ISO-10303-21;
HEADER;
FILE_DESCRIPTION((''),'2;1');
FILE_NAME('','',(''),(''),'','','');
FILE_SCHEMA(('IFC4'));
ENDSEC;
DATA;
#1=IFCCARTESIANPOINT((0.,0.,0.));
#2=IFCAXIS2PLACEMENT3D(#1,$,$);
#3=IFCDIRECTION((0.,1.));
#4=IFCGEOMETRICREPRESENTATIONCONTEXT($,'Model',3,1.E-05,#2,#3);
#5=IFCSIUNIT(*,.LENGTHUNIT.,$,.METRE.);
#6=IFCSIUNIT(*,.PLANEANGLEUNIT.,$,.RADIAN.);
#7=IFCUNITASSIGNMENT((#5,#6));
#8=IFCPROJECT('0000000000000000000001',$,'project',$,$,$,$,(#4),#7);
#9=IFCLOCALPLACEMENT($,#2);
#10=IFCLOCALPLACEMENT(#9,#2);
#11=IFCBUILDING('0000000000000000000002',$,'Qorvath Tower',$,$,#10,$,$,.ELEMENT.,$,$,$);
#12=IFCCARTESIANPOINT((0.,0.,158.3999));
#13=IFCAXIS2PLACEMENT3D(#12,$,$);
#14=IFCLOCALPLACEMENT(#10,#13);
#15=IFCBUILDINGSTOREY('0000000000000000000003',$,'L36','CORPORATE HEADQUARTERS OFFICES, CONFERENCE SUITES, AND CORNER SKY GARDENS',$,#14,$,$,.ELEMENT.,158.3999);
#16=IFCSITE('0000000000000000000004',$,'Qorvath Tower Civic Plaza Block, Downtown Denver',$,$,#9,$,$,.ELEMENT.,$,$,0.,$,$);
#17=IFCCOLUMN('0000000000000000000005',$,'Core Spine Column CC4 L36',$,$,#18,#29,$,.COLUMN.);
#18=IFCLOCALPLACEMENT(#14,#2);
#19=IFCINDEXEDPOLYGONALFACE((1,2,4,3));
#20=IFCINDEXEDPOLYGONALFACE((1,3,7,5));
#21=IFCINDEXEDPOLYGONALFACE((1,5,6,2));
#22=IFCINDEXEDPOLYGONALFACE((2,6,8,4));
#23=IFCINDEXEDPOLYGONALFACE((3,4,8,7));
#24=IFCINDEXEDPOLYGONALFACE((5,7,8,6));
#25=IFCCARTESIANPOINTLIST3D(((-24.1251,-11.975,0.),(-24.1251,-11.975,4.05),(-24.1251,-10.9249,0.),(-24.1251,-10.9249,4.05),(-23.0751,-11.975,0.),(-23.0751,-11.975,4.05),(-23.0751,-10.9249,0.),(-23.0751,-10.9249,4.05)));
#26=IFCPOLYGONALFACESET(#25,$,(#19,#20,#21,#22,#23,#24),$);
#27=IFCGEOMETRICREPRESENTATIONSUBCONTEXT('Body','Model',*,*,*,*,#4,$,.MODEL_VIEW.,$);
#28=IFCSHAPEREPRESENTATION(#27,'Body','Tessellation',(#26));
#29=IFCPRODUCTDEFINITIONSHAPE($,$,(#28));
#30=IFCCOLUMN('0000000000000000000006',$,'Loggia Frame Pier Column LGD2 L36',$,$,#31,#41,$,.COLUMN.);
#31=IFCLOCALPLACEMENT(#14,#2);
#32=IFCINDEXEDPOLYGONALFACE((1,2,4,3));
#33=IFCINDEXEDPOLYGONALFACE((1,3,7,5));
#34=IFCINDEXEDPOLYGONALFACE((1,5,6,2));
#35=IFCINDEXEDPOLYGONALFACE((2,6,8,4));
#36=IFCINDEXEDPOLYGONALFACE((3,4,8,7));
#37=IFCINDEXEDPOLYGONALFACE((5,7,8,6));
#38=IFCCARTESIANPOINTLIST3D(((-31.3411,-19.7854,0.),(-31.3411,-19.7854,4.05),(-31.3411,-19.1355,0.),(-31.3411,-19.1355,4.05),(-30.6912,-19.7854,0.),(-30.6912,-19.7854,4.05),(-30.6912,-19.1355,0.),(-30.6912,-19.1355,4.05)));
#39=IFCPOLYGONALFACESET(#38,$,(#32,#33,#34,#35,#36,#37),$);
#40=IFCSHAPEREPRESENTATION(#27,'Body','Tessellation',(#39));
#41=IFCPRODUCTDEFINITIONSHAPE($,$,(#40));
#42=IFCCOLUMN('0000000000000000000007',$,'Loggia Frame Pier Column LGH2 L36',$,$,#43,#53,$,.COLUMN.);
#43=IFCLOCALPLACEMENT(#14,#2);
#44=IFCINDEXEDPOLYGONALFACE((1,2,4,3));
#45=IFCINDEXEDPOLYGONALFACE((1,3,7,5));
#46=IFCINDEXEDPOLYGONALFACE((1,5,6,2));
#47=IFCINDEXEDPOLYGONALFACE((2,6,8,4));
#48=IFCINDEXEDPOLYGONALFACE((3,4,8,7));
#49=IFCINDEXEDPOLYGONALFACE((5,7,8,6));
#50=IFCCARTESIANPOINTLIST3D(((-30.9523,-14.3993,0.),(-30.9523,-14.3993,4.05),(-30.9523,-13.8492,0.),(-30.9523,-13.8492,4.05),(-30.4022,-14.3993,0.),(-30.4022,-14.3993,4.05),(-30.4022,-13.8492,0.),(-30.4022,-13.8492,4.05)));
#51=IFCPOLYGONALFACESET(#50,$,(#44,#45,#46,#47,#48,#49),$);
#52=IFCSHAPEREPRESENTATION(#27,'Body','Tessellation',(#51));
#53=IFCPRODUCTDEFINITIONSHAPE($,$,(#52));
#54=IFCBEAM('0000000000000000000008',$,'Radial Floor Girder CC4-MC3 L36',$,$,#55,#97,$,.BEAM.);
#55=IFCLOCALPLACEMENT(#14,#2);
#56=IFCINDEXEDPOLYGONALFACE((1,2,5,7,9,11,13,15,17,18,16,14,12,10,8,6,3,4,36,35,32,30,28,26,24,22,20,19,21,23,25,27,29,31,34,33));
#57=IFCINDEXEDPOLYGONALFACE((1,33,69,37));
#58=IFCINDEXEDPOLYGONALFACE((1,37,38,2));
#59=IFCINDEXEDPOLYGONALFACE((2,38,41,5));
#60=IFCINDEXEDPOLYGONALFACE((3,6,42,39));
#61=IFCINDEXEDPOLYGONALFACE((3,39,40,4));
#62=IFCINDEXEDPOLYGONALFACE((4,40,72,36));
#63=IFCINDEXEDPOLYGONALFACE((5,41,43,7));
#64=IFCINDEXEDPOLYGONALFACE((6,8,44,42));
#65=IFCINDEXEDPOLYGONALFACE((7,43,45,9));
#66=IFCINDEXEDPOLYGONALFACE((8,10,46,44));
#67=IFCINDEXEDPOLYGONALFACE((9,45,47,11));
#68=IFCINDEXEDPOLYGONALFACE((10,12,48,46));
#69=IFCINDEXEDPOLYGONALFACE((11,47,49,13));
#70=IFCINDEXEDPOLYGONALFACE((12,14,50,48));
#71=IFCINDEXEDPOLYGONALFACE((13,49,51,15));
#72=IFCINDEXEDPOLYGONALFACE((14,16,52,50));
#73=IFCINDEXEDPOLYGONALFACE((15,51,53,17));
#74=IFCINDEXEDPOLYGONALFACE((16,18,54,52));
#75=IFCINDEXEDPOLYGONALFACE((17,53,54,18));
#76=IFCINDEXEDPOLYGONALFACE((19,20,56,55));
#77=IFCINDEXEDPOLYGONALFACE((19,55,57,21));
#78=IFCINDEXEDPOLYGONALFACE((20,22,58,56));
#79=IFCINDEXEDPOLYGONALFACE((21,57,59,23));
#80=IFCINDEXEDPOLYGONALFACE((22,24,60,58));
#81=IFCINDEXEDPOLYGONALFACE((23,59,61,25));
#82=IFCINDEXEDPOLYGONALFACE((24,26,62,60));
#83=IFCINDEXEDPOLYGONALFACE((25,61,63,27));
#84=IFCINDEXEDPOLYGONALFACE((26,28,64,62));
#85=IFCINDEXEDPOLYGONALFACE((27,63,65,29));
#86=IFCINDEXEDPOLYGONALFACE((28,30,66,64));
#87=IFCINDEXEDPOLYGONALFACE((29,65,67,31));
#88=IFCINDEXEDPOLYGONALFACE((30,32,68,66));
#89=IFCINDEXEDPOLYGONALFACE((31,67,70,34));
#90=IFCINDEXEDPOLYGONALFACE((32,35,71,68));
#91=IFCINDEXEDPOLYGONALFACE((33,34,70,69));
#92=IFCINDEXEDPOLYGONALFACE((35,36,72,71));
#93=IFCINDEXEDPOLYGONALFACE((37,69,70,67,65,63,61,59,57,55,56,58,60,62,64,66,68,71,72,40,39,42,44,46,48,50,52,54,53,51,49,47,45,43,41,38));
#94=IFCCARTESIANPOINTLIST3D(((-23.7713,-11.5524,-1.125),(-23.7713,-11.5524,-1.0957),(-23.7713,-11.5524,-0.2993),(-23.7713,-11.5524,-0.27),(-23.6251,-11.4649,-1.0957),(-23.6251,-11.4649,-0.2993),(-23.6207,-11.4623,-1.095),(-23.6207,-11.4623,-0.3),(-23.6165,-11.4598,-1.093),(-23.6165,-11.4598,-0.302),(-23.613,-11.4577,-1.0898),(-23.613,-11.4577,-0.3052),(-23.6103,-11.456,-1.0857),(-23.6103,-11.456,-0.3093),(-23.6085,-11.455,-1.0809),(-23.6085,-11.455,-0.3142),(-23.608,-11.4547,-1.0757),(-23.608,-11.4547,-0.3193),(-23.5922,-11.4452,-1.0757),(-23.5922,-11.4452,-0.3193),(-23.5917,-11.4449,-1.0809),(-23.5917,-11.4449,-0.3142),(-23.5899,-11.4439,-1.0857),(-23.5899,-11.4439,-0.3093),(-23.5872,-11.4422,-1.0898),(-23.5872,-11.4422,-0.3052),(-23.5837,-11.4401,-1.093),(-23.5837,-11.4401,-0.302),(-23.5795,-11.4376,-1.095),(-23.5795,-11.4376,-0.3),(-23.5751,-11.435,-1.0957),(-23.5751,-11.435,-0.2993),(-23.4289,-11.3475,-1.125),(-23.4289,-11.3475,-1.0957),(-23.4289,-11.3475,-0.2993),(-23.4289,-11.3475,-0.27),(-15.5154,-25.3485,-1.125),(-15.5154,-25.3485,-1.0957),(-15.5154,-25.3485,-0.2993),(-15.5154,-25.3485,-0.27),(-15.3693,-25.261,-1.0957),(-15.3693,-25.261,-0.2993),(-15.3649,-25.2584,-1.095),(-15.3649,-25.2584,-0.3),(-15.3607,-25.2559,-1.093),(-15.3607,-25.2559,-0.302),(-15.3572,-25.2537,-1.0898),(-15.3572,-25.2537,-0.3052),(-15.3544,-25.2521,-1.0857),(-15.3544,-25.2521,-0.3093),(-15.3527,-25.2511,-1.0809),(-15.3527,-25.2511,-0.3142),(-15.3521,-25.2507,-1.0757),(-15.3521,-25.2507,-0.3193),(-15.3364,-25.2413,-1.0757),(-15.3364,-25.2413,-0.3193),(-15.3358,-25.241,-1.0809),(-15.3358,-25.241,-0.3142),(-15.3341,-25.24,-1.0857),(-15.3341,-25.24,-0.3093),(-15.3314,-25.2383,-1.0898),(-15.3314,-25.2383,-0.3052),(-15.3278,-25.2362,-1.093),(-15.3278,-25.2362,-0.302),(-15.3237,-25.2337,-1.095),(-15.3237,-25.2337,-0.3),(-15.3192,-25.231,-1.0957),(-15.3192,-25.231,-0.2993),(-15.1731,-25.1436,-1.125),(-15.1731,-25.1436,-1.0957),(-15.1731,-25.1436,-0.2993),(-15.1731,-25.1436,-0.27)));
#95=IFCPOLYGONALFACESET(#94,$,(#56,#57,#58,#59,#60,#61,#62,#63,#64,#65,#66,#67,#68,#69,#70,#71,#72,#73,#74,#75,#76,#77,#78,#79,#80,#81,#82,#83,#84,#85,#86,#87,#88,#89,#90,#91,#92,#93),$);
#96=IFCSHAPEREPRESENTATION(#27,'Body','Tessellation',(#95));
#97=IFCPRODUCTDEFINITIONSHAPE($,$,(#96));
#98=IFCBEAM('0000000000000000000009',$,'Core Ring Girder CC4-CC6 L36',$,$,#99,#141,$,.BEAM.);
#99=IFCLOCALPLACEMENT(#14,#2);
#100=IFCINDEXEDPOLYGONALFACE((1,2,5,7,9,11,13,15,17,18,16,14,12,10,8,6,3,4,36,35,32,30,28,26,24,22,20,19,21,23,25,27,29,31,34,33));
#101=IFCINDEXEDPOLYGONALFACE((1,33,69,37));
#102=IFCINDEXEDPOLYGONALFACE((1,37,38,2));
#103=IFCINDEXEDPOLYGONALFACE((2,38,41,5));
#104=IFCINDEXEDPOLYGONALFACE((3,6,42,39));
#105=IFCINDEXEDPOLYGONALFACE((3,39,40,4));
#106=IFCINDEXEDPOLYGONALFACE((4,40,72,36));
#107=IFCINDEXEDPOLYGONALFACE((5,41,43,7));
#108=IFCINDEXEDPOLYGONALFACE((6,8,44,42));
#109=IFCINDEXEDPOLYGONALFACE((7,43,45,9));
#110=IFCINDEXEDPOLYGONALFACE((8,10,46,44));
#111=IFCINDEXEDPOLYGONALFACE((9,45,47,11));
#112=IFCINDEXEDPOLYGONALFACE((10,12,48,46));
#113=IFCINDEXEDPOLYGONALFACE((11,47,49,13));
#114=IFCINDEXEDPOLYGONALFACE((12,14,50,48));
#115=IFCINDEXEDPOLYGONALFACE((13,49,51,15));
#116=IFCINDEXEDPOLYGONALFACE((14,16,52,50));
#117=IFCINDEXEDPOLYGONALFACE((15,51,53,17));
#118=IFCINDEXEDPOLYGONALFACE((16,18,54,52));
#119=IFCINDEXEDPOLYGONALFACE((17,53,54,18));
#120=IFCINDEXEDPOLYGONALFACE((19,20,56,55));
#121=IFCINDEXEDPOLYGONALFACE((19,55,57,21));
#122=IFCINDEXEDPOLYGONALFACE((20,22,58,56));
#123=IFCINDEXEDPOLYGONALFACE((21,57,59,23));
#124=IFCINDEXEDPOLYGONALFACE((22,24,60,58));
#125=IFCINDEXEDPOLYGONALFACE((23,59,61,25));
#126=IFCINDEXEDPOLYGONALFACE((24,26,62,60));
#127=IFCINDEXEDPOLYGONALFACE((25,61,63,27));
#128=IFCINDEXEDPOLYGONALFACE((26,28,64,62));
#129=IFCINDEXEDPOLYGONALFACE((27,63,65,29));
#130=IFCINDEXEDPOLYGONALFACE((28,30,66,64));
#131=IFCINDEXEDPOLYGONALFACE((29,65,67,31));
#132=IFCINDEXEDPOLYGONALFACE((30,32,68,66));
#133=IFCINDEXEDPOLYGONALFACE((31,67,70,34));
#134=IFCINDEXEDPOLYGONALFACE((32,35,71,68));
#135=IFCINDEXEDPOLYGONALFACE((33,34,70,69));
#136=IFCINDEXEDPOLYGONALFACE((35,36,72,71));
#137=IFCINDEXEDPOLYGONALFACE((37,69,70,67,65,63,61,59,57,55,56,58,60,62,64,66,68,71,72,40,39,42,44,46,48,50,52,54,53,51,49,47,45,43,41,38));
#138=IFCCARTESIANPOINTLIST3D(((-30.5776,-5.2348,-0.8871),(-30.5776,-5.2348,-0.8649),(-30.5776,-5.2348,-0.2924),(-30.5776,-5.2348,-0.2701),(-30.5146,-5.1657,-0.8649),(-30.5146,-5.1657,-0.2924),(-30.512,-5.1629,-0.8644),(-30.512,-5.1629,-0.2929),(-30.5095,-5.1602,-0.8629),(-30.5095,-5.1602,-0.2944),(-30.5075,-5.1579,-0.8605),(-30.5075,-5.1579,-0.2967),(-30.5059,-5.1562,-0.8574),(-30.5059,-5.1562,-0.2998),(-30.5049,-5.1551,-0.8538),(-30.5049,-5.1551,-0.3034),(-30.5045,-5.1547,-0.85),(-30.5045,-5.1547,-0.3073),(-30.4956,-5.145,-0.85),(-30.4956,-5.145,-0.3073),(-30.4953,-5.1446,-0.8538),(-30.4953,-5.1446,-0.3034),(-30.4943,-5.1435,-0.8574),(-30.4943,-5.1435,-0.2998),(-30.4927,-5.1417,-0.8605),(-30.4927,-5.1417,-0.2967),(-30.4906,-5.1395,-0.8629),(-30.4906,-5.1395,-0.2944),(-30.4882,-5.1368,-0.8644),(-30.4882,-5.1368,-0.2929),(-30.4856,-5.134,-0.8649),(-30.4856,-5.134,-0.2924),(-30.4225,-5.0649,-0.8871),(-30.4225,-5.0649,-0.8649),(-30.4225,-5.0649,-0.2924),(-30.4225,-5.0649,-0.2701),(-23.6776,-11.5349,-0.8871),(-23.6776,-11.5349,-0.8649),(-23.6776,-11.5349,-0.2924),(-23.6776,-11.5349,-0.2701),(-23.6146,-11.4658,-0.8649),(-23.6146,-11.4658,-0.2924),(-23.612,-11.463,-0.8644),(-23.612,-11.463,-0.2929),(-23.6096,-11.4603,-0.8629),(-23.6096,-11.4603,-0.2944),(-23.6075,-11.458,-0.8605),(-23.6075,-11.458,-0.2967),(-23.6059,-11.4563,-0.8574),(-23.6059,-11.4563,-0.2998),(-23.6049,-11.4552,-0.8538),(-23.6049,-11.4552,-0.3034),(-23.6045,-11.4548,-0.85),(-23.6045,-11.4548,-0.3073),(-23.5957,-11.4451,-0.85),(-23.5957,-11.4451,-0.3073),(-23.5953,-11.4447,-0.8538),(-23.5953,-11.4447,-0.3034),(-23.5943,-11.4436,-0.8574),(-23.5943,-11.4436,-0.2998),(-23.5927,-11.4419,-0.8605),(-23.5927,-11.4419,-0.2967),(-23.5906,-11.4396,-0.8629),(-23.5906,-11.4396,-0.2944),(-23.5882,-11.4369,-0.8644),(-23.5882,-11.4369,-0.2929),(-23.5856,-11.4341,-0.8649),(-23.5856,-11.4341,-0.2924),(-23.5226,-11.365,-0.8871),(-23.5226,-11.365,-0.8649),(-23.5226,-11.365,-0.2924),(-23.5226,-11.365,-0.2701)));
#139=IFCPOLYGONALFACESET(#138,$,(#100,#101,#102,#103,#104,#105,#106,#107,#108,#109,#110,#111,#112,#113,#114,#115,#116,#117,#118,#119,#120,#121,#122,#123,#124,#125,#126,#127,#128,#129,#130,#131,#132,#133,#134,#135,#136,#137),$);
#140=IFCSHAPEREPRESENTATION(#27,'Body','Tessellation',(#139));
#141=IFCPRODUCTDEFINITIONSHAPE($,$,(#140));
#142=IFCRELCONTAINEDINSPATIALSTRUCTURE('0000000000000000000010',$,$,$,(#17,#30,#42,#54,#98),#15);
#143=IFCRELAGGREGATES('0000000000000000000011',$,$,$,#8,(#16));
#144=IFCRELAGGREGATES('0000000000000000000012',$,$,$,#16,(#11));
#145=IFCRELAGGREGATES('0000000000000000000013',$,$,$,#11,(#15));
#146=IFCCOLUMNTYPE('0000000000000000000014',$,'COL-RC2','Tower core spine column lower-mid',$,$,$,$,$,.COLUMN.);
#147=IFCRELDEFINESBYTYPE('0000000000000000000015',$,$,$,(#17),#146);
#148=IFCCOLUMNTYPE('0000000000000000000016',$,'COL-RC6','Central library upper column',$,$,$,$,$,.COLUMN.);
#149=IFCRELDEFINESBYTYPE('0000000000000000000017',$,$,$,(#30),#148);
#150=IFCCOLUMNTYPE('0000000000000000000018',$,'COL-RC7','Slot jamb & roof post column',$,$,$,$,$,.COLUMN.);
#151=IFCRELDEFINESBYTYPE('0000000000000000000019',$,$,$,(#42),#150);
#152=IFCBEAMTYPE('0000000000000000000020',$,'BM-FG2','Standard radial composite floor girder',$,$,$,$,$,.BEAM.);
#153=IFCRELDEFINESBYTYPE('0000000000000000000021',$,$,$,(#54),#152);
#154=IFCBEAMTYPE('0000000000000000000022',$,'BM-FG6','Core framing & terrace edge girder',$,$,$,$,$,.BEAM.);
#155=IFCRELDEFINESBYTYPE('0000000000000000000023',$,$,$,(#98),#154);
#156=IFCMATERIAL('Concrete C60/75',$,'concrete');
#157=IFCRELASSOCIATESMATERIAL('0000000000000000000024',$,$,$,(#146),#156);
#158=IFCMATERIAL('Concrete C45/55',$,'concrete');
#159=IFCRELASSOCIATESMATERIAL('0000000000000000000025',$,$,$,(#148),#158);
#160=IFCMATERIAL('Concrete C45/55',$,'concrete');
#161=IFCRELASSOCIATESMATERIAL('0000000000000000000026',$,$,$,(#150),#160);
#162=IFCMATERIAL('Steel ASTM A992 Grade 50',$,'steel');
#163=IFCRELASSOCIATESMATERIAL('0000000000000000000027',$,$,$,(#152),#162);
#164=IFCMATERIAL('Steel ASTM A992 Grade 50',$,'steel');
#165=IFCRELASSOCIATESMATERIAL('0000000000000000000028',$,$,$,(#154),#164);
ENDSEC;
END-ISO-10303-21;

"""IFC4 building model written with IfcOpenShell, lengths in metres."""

from ifc_helpers import new_model, si_unit, direction, frame, origin, origin_2d, place, context, subcontext, project, spatial, rectangle, i_section, extrude, material, material_profile, profile_set, type_object, element, save


model = new_model("IFC4")

# Units and contexts
model_context = context("Model", 3, precision=1e-05, world=origin(), true_north=direction((0.0, 1.0)))
body_context = subcontext(model_context, "Body", "Model", "MODEL_VIEW")
ifc_project = project(units=[si_unit("LENGTHUNIT", "METRE"), si_unit("PLANEANGLEUNIT", "RADIAN")], contexts=[model_context])

# Site, building, storey
site_placement = place(None, origin())
site = spatial("IfcSite", under=ifc_project, at=site_placement, Name="Qorvath Tower Civic Plaza Block, Downtown Denver", CompositionType="ELEMENT", RefElevation=0.0)
building_placement = place(site_placement, origin())
building = spatial("IfcBuilding", under=site, at=building_placement, Name="Qorvath Tower", CompositionType="ELEMENT")
storey_placement = place(building_placement, frame((0.0, 0.0, 158.3999)))
storey = spatial("IfcBuildingStorey", under=building, at=storey_placement, Name="L36", Description="CORPORATE HEADQUARTERS OFFICES, CONFERENCE SUITES, AND CORNER SKY GARDENS", CompositionType="ELEMENT", Elevation=158.3999)

# Columns
ifc_material_1 = material(Name="Concrete C60/75", Category="concrete")
ifc_material_profile_1 = material_profile(ifc_material_1, rectangle(XDim=1.05, YDim=1.05, at=origin_2d()), Name="RC 1050x1050")
ifc_profile_set_1 = profile_set([ifc_material_profile_1], Name="Concrete C60/75")
column_type_1 = type_object("IfcColumnType", Name="COL-RC2", Description="Tower core spine column lower-mid", PredefinedType="COLUMN", material=ifc_profile_set_1)
column_1_placement = place(storey_placement, frame((-23.6001, -11.45, 0.0), z_axis=(0.0, 0.0, 1.0), x_axis=(1.0, 0.0, 0.0)))
element("IfcColumn", 1, at=column_1_placement, inside=storey, type_object=column_type_1, Name="Core Spine Column CC4 L36", PredefinedType="COLUMN", context=body_context, shape_type="SweptSolid", body=[
    extrude(rectangle(XDim=1.05, YDim=1.05, at=origin_2d()), origin(), (0.0, 0.0, 1.0), 4.05),
])
ifc_material_2 = material(Name="Concrete C45/55", Category="concrete")
ifc_material_profile_2 = material_profile(ifc_material_2, rectangle(XDim=0.6499, YDim=0.6499, at=origin_2d()), Name="RC 650x650")
ifc_profile_set_2 = profile_set([ifc_material_profile_2], Name="Concrete C45/55")
column_type_2 = type_object("IfcColumnType", Name="COL-RC6", Description="Central library upper column", PredefinedType="COLUMN", material=ifc_profile_set_2)
column_2_placement = place(storey_placement, frame((-31.0161, -19.4604, 0.0), z_axis=(0.0, 0.0, 1.0), x_axis=(1.0, 0.0, 0.0)))
element("IfcColumn", 2, at=column_2_placement, inside=storey, type_object=column_type_2, Name="Loggia Frame Pier Column LGD2 L36", PredefinedType="COLUMN", context=body_context, shape_type="SweptSolid", body=[
    extrude(rectangle(XDim=0.6499, YDim=0.6499, at=origin_2d()), origin(), (0.0, 0.0, 1.0), 4.05),
])
ifc_material_3 = material(Name="Concrete C45/55", Category="concrete")
ifc_material_profile_3 = material_profile(ifc_material_3, rectangle(XDim=0.55, YDim=0.55, at=origin_2d()), Name="RC 550x550")
ifc_profile_set_3 = profile_set([ifc_material_profile_3], Name="Concrete C45/55")
column_type_3 = type_object("IfcColumnType", Name="COL-RC7", Description="Slot jamb & roof post column", PredefinedType="COLUMN", material=ifc_profile_set_3)
column_3_placement = place(storey_placement, frame((-30.6772, -14.1243, 0.0), z_axis=(0.0, 0.0, 1.0), x_axis=(1.0, 0.0, 0.0)))
element("IfcColumn", 3, at=column_3_placement, inside=storey, type_object=column_type_3, Name="Loggia Frame Pier Column LGH2 L36", PredefinedType="COLUMN", context=body_context, shape_type="SweptSolid", body=[
    extrude(rectangle(XDim=0.55, YDim=0.55, at=origin_2d()), origin(), (0.0, 0.0, 1.0), 4.05),
])

# Beams
ifc_material_4 = material(Name="Steel ASTM A992 Grade 50", Category="steel")
ifc_material_profile_4 = material_profile(ifc_material_4, i_section(OverallWidth=0.3989, OverallDepth=0.855, WebThickness=0.0183, FlangeThickness=0.0293, FilletRadius=0.02, at=origin_2d()), Name="W33x201")
ifc_profile_set_4 = profile_set([ifc_material_profile_4], Name="Steel ASTM A992 Grade 50")
beam_type_1 = type_object("IfcBeamType", Name="BM-FG2", Description="Standard radial composite floor girder", PredefinedType="BEAM", material=ifc_profile_set_4)
beam_1_placement = place(storey_placement, frame((-23.6001, -11.45, -0.6975), z_axis=(0.513497, -0.858091, 0.0), x_axis=(0.858091, 0.513497, 0.0)))
element("IfcBeam", 4, at=beam_1_placement, inside=storey, type_object=beam_type_1, Name="Radial Floor Girder CC4-MC3 L36", PredefinedType="BEAM", context=body_context, shape_type="SweptSolid", body=[
    extrude(i_section(OverallWidth=0.3989, OverallDepth=0.855, WebThickness=0.0183, FlangeThickness=0.0293, FilletRadius=0.02, at=origin_2d()), origin(), (0.0, 0.0, 1.0), 16.0776),
])
ifc_material_5 = material(Name="Steel ASTM A992 Grade 50", Category="steel")
ifc_material_profile_5 = material_profile(ifc_material_5, i_section(OverallWidth=0.23, OverallDepth=0.6169, WebThickness=0.0132, FlangeThickness=0.0222, FilletRadius=0.0149, at=origin_2d()), Name="W24x94")
ifc_profile_set_5 = profile_set([ifc_material_profile_5], Name="Steel ASTM A992 Grade 50")
beam_type_2 = type_object("IfcBeamType", Name="BM-FG6", Description="Core framing & terrace edge girder", PredefinedType="BEAM", material=ifc_profile_set_5)
beam_2_placement = place(storey_placement, frame((-23.6001, -11.45, -0.5786), z_axis=(-0.738478, 0.674277, 0.0), x_axis=(-0.674277, -0.738478, 0.0)))
element("IfcBeam", 5, at=beam_2_placement, inside=storey, type_object=beam_type_2, Name="Core Ring Girder CC4-CC6 L36", PredefinedType="BEAM", context=body_context, shape_type="SweptSolid", body=[
    extrude(i_section(OverallWidth=0.23, OverallDepth=0.6169, WebThickness=0.0132, FlangeThickness=0.0222, FilletRadius=0.0149, at=origin_2d()), origin(), (0.0, 0.0, 1.0), 9.3435),
])

save(model, "model.ifc")
